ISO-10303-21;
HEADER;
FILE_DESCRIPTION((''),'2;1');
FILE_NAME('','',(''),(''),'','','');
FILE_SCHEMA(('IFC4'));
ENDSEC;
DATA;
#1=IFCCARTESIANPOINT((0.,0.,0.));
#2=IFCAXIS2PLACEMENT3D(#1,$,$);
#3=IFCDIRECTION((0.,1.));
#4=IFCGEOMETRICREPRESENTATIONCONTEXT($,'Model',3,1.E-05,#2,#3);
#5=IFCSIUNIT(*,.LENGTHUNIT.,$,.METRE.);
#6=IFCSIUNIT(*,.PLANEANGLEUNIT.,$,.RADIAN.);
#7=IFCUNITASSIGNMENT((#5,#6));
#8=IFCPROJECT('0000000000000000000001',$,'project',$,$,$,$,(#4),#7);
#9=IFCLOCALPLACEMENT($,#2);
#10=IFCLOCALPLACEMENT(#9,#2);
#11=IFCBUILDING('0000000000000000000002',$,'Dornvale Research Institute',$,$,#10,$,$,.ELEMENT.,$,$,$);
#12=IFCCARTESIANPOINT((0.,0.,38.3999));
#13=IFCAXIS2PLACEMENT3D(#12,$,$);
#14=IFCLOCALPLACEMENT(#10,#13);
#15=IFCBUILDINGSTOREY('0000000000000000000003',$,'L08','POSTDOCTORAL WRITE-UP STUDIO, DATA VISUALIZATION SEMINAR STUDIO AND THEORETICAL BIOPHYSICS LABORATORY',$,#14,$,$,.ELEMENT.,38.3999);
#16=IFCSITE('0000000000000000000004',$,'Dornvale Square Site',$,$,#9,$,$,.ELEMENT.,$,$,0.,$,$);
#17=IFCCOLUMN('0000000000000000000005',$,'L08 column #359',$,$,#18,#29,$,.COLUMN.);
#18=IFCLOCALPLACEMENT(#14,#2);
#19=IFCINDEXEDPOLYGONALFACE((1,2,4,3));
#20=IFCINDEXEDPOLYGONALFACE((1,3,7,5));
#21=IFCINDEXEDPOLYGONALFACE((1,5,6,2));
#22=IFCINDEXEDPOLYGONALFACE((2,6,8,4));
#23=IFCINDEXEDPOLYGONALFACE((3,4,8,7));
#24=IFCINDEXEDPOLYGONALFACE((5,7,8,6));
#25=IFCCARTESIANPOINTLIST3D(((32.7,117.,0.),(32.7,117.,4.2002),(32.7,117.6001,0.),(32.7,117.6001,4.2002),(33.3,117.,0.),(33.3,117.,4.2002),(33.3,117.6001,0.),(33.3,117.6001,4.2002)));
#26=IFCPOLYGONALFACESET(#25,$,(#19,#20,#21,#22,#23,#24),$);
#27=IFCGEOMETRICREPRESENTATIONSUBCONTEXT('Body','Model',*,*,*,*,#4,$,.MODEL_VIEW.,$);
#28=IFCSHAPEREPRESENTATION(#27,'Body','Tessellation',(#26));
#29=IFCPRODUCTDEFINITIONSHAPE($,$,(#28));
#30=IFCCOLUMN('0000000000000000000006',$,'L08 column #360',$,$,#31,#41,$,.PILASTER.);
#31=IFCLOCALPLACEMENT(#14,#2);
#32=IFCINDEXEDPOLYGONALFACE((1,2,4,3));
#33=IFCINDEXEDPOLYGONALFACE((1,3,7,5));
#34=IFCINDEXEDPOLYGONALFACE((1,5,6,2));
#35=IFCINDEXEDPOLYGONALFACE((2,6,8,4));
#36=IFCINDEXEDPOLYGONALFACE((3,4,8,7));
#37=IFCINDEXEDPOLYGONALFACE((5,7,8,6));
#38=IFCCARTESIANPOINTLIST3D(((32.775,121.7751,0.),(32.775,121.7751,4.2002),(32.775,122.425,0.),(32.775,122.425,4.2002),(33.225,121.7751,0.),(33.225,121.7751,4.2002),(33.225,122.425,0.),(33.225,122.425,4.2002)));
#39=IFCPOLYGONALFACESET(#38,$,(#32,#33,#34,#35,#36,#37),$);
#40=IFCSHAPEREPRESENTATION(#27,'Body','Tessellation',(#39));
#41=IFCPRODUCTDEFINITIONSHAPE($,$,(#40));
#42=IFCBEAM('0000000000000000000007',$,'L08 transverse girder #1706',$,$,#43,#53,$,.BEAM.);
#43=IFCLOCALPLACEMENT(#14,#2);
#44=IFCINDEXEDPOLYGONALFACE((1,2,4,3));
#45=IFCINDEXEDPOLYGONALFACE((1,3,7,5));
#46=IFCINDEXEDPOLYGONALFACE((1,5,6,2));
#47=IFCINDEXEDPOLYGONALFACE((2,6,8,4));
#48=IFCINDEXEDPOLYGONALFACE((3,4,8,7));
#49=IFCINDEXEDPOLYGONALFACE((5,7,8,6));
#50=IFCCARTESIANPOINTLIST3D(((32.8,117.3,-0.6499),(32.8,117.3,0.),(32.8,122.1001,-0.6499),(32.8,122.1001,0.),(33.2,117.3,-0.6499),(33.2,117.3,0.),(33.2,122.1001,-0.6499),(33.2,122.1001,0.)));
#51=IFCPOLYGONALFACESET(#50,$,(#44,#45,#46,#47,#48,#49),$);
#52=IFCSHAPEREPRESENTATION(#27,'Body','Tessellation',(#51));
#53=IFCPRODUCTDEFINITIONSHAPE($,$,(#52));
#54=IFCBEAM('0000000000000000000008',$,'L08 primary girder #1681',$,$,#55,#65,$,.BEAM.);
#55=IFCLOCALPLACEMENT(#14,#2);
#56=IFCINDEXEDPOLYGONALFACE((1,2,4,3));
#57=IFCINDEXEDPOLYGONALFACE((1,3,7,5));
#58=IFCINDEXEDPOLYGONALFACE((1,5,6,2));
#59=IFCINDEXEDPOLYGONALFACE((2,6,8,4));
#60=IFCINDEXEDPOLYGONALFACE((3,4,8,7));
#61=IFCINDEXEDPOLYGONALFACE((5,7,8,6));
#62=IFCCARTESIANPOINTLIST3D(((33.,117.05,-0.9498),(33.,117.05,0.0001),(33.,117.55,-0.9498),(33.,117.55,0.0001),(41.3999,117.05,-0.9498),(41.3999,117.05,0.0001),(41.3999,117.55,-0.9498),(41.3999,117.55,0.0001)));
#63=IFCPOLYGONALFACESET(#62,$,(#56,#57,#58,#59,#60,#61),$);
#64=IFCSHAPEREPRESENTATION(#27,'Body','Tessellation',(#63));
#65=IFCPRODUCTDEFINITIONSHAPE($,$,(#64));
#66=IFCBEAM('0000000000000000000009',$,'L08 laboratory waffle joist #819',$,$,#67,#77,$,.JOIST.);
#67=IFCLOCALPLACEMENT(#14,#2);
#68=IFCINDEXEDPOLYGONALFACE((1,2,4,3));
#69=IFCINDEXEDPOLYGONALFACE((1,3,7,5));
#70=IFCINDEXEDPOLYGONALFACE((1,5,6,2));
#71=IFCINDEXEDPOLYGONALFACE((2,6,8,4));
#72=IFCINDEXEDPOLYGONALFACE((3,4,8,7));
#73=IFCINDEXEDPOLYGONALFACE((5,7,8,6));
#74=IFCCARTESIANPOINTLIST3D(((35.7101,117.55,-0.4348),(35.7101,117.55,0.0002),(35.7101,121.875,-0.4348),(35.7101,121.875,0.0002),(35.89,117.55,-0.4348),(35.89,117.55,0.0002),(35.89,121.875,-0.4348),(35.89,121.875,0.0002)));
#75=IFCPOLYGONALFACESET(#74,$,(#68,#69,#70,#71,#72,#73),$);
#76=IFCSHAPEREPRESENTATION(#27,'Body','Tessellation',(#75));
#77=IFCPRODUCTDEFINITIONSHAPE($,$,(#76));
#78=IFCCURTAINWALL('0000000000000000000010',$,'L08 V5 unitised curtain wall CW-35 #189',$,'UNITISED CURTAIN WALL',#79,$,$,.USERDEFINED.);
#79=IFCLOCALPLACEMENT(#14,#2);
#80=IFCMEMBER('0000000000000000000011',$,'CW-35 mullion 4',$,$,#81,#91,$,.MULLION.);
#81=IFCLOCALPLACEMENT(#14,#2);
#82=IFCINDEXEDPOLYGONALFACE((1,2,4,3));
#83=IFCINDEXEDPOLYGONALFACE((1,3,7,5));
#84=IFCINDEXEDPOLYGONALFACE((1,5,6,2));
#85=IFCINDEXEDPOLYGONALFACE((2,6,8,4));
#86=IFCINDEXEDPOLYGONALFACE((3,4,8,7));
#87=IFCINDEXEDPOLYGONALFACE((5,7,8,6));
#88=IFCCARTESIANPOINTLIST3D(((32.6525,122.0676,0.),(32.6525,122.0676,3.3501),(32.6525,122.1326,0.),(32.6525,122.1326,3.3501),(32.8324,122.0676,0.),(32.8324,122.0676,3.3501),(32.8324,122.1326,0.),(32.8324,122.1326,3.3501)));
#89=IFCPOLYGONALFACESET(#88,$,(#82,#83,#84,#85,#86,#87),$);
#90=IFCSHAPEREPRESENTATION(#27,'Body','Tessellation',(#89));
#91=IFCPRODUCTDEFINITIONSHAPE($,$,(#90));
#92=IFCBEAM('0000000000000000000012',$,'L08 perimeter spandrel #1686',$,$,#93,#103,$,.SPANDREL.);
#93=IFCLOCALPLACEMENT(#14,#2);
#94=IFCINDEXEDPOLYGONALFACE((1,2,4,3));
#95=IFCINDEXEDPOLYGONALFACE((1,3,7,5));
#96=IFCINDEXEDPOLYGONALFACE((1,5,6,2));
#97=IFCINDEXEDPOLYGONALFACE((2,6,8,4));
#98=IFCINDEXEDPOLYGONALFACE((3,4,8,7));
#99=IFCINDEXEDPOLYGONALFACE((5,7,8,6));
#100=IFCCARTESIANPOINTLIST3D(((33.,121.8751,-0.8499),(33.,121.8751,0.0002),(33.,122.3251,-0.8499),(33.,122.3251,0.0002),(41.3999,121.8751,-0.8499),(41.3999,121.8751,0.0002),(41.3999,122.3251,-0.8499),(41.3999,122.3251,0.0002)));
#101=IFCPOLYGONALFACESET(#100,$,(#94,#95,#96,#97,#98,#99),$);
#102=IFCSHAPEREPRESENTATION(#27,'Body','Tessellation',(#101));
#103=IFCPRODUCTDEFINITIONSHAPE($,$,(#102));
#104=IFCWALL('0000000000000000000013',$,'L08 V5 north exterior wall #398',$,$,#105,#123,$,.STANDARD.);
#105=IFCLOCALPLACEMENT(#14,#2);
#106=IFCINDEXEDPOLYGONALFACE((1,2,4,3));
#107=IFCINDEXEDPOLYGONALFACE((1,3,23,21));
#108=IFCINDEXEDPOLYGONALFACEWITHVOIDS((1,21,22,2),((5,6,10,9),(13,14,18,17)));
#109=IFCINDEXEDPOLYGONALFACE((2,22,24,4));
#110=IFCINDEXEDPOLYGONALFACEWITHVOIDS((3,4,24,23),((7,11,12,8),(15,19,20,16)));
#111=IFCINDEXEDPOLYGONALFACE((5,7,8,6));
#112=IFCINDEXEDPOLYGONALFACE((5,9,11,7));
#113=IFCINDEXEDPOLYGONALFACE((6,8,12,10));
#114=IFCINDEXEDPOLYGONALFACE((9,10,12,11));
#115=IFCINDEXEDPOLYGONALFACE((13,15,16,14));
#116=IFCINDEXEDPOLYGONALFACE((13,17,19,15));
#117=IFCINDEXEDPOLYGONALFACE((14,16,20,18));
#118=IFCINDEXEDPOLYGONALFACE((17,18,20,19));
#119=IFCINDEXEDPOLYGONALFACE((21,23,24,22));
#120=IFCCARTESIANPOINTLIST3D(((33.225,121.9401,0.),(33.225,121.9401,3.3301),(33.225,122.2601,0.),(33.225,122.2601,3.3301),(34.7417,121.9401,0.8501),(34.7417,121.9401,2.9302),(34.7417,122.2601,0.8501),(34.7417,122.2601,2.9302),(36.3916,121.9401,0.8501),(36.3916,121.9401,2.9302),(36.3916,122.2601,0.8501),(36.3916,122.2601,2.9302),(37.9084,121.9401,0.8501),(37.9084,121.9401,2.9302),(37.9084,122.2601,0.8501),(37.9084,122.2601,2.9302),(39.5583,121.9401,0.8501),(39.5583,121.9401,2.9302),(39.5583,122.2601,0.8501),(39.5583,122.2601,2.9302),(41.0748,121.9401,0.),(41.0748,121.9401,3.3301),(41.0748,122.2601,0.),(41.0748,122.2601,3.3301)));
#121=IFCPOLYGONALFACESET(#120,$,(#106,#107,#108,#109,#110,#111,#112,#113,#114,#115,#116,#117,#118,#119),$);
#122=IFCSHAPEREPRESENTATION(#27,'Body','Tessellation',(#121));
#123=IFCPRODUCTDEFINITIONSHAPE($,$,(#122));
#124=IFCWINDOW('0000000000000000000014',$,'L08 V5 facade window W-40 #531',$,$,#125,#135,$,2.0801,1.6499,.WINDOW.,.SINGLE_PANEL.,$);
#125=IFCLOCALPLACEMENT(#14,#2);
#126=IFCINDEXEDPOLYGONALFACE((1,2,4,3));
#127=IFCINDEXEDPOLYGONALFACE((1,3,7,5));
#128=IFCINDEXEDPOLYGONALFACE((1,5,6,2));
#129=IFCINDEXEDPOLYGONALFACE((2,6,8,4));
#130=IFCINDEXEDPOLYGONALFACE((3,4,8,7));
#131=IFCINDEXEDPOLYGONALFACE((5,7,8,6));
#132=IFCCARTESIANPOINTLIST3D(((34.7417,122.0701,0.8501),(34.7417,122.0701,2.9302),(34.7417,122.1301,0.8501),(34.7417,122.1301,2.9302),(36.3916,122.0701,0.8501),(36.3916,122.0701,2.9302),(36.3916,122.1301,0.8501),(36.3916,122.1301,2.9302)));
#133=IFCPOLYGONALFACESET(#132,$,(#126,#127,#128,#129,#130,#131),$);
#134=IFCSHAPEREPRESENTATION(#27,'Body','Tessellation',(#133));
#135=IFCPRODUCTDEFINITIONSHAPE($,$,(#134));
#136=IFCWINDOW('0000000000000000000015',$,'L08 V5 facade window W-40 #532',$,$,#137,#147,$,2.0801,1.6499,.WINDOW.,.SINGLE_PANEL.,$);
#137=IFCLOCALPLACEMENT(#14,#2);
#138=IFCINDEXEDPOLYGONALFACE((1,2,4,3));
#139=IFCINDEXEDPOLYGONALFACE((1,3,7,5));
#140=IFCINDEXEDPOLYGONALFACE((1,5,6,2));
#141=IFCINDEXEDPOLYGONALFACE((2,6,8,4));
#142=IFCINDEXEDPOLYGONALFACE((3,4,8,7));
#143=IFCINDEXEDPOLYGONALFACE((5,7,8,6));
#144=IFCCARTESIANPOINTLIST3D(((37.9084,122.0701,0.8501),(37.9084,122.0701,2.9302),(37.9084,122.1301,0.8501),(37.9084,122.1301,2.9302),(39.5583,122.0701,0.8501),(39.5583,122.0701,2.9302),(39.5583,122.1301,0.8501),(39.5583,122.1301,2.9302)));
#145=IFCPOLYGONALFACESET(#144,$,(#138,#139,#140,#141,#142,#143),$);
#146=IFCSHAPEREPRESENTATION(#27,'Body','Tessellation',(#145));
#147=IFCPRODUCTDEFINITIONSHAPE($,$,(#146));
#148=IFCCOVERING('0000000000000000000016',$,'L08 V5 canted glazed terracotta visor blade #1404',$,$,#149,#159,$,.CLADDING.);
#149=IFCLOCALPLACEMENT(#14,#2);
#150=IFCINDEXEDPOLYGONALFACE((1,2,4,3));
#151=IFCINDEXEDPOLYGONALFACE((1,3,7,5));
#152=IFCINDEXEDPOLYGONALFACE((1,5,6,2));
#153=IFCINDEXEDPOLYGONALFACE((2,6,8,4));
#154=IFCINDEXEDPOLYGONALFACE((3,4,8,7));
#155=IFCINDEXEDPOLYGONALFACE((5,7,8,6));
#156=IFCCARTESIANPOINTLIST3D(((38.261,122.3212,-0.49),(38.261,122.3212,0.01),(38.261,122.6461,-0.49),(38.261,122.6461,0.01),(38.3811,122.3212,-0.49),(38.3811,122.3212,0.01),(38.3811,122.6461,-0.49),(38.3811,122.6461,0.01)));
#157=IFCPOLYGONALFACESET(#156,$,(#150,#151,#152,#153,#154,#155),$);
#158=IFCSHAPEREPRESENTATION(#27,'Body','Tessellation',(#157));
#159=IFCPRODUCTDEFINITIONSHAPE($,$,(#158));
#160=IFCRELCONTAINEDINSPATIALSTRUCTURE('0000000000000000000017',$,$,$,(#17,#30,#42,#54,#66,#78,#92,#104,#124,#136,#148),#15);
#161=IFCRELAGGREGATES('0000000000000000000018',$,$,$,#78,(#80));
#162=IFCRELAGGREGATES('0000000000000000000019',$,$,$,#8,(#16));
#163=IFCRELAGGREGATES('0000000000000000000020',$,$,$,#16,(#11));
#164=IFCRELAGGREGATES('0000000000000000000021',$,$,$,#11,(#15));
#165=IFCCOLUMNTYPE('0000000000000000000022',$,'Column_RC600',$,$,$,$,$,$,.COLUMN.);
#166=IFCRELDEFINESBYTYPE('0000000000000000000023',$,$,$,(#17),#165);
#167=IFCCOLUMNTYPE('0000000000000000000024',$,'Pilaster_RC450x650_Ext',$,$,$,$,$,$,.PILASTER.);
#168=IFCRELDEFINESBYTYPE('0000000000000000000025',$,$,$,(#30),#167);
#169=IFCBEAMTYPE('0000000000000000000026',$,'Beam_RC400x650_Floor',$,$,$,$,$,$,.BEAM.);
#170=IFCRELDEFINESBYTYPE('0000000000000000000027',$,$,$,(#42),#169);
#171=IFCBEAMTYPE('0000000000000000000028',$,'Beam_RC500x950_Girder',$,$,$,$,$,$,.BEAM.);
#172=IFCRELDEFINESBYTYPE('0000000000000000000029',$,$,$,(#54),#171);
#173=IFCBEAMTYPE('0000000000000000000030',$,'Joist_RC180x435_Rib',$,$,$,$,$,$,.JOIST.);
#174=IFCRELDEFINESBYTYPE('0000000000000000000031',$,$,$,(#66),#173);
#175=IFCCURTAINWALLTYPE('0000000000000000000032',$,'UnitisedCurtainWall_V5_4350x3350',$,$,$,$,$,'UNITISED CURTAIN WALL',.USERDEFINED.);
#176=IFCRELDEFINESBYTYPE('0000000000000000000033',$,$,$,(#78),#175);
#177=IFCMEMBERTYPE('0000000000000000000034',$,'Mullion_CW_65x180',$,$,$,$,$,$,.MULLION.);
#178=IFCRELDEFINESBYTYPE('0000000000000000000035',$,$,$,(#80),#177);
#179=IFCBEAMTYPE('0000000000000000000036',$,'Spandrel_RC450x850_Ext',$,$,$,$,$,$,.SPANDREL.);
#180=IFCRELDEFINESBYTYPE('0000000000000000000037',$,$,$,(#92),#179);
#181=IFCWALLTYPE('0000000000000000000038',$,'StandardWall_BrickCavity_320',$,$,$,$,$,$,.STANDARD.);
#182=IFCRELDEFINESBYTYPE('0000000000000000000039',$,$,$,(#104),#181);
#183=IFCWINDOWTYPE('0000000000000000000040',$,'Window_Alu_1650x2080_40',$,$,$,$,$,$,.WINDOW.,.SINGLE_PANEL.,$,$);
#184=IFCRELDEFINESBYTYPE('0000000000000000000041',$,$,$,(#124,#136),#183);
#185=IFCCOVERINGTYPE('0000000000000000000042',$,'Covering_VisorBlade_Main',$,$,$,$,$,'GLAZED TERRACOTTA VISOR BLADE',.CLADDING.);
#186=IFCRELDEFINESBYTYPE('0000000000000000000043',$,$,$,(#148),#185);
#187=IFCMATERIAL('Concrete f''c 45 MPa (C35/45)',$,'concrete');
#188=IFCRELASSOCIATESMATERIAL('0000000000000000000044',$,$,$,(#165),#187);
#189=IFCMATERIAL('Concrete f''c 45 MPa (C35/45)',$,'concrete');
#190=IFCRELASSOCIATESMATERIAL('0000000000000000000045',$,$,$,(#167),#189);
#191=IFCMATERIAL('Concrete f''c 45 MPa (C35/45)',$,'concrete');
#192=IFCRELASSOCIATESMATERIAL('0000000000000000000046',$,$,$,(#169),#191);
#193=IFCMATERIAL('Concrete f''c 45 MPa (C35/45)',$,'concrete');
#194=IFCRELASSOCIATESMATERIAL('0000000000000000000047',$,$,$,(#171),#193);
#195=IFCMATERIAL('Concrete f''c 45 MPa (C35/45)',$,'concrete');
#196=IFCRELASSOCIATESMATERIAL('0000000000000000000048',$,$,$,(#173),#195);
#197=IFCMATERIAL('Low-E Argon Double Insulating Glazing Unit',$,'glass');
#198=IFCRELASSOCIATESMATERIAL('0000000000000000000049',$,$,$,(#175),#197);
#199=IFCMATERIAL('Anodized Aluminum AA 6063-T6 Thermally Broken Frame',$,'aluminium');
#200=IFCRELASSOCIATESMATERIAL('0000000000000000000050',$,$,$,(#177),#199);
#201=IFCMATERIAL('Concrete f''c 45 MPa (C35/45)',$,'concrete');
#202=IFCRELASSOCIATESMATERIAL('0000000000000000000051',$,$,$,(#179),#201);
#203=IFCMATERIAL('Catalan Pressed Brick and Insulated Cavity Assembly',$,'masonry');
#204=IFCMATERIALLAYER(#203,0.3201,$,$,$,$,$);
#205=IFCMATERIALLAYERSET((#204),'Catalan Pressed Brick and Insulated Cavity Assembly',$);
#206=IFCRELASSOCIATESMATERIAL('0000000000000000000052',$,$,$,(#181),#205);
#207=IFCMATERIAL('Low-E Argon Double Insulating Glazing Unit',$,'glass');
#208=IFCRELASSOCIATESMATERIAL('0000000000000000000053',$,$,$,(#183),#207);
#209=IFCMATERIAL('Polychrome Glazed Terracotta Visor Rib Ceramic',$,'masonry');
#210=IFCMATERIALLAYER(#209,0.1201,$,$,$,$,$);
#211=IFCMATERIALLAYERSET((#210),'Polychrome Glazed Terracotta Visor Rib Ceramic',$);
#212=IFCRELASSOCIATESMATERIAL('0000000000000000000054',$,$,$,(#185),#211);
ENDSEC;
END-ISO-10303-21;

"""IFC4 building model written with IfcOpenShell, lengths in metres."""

from ifc_helpers import new_model, si_unit, direction, frame, frame_2d, origin, origin_2d, place, context, subcontext, project, spatial, rectangle, extrude, material, layer, layer_set, material_profile, profile_set, type_object, element, fill, aggregate, save


model = new_model("IFC4")

# Units and contexts
model_context = context("Model", 3, precision=1e-05, world=origin(), true_north=direction((0.0, 1.0)))
body_context = subcontext(model_context, "Body", "Model", "MODEL_VIEW")
ifc_project = project(units=[si_unit("LENGTHUNIT", "METRE"), si_unit("PLANEANGLEUNIT", "RADIAN")], contexts=[model_context])

# Site, building, storey
site_placement = place(None, origin())
site = spatial("IfcSite", under=ifc_project, at=site_placement, Name="Dornvale Square Site", CompositionType="ELEMENT", RefElevation=0.0)
building_placement = place(site_placement, origin())
building = spatial("IfcBuilding", under=site, at=building_placement, Name="Dornvale Research Institute", CompositionType="ELEMENT")
storey_placement = place(building_placement, frame((0.0, 0.0, 38.3999)))
storey = spatial("IfcBuildingStorey", under=building, at=storey_placement, Name="L08", Description="POSTDOCTORAL WRITE-UP STUDIO, DATA VISUALIZATION SEMINAR STUDIO AND THEORETICAL BIOPHYSICS LABORATORY", CompositionType="ELEMENT", Elevation=38.3999)

# Columns
ifc_material_1 = material(Name="Concrete f'c 45 MPa (C35/45)", Category="concrete")
ifc_material_profile_1 = material_profile(ifc_material_1, rectangle(XDim=0.6001, YDim=0.6001, at=origin_2d()), Name="RC 600x600")
ifc_profile_set_1 = profile_set([ifc_material_profile_1], Name="Concrete f'c 45 MPa (C35/45)")
column_type_1 = type_object("IfcColumnType", Name="Column_RC600", PredefinedType="COLUMN", material=ifc_profile_set_1)
column_1_placement = place(storey_placement, frame((33.0, 117.3, 0.0), z_axis=(0.0, 0.0, 1.0), x_axis=(1.0, 0.0, 0.0)))
element("IfcColumn", 1, at=column_1_placement, inside=storey, type_object=column_type_1, Name="L08 column #359", PredefinedType="COLUMN", context=body_context, shape_type="SweptSolid", body=[
    extrude(rectangle(XDim=0.6001, YDim=0.6001, at=origin_2d()), origin(), (0.0, 0.0, 1.0), 4.2002),
])
ifc_material_2 = material(Name="Concrete f'c 45 MPa (C35/45)", Category="concrete")
ifc_material_profile_2 = material_profile(ifc_material_2, rectangle(XDim=0.45, YDim=0.6499, at=origin_2d()), Name="RC 450x650")
ifc_profile_set_2 = profile_set([ifc_material_profile_2], Name="Concrete f'c 45 MPa (C35/45)")
column_type_2 = type_object("IfcColumnType", Name="Pilaster_RC450x650_Ext", PredefinedType="PILASTER", material=ifc_profile_set_2)
column_2_placement = place(storey_placement, frame((33.0, 122.1001, 0.0), z_axis=(0.0, 0.0, 1.0), x_axis=(1.0, 0.0, 0.0)))
element("IfcColumn", 2, at=column_2_placement, inside=storey, type_object=column_type_2, Name="L08 column #360", PredefinedType="PILASTER", context=body_context, shape_type="SweptSolid", body=[
    extrude(rectangle(XDim=0.45, YDim=0.6499, at=origin_2d()), origin(), (0.0, 0.0, 1.0), 4.2002),
])

# Beams
ifc_material_3 = material(Name="Concrete f'c 45 MPa (C35/45)", Category="concrete")
ifc_material_profile_3 = material_profile(ifc_material_3, rectangle(XDim=0.3999, YDim=0.6499, at=origin_2d()), Name="RC 400x650")
ifc_profile_set_3 = profile_set([ifc_material_profile_3], Name="Concrete f'c 45 MPa (C35/45)")
beam_type_1 = type_object("IfcBeamType", Name="Beam_RC400x650_Floor", PredefinedType="BEAM", material=ifc_profile_set_3)
beam_1_placement = place(storey_placement, frame((33.0, 117.3, -0.325), z_axis=(0.0, 1.0, 0.0), x_axis=(-1.0, 0.0, 0.0)))
element("IfcBeam", 3, at=beam_1_placement, inside=storey, type_object=beam_type_1, Name="L08 transverse girder #1706", PredefinedType="BEAM", context=body_context, shape_type="SweptSolid", body=[
    extrude(rectangle(XDim=0.3999, YDim=0.6499, at=origin_2d()), origin(), (0.0, 0.0, 1.0), 4.8),
])
ifc_material_4 = material(Name="Concrete f'c 45 MPa (C35/45)", Category="concrete")
ifc_material_profile_4 = material_profile(ifc_material_4, rectangle(XDim=0.5, YDim=0.95, at=origin_2d()), Name="RC 500x950")
ifc_profile_set_4 = profile_set([ifc_material_profile_4], Name="Concrete f'c 45 MPa (C35/45)")
beam_type_2 = type_object("IfcBeamType", Name="Beam_RC500x950_Girder", PredefinedType="BEAM", material=ifc_profile_set_4)
beam_2_placement = place(storey_placement, frame((33.0, 117.3, -0.4749), z_axis=(1.0, 0.0, 0.0), x_axis=(0.0, 1.0, 0.0)))
element("IfcBeam", 4, at=beam_2_placement, inside=storey, type_object=beam_type_2, Name="L08 primary girder #1681", PredefinedType="BEAM", context=body_context, shape_type="SweptSolid", body=[
    extrude(rectangle(XDim=0.5, YDim=0.95, at=origin_2d()), origin(), (0.0, 0.0, 1.0), 8.3999),
])
ifc_material_5 = material(Name="Concrete f'c 45 MPa (C35/45)", Category="concrete")
ifc_material_profile_5 = material_profile(ifc_material_5, rectangle(XDim=0.1799, YDim=0.4351, at=origin_2d()), Name="RC 180x435")
ifc_profile_set_5 = profile_set([ifc_material_profile_5], Name="Concrete f'c 45 MPa (C35/45)")
beam_type_3 = type_object("IfcBeamType", Name="Joist_RC180x435_Rib", PredefinedType="JOIST", material=ifc_profile_set_5)
beam_3_placement = place(storey_placement, frame((35.8, 117.55, -0.2173), z_axis=(0.0, 1.0, 0.0), x_axis=(-1.0, 0.0, 0.0)))
element("IfcBeam", 5, at=beam_3_placement, inside=storey, type_object=beam_type_3, Name="L08 laboratory waffle joist #819", PredefinedType="JOIST", context=body_context, shape_type="SweptSolid", body=[
    extrude(rectangle(XDim=0.1799, YDim=0.4351, at=origin_2d()), origin(), (0.0, 0.0, 1.0), 4.325),
])

# Curtain wall, member
ifc_material_6 = material(Name="Low-E Argon Double Insulating Glazing Unit", Category="glass")
curtain_wall_type = type_object("IfcCurtainWallType", Name="UnitisedCurtainWall_V5_4350x3350", ElementType="UNITISED CURTAIN WALL", PredefinedType="USERDEFINED", material=ifc_material_6)
curtain_wall_placement = place(storey_placement, origin())
curtain_wall = element("IfcCurtainWall", 6, at=curtain_wall_placement, inside=storey, type_object=curtain_wall_type, Name="L08 V5 unitised curtain wall CW-35 #189", ObjectType="UNITISED CURTAIN WALL", PredefinedType="USERDEFINED")
ifc_material_7 = material(Name="Anodized Aluminum AA 6063-T6 Thermally Broken Frame", Category="aluminium")
ifc_material_profile_6 = material_profile(ifc_material_7, rectangle(XDim=0.0649, YDim=0.1799, at=origin_2d()), Name="ALU MULLION 65x180")
ifc_profile_set_6 = profile_set([ifc_material_profile_6], Name="Anodized Aluminum AA 6063-T6 Thermally Broken Frame")
member_type = type_object("IfcMemberType", Name="Mullion_CW_65x180", PredefinedType="MULLION", material=ifc_profile_set_6)
member_placement = place(storey_placement, frame((32.7424, 122.1001, 0.0), z_axis=(0.0, 0.0, 1.0), x_axis=(0.0, 1.0, 0.0)))
member = element("IfcMember", 7, at=member_placement, type_object=member_type, Name="CW-35 mullion 4", PredefinedType="MULLION", context=body_context, shape_type="SweptSolid", body=[
    extrude(rectangle(XDim=0.0649, YDim=0.1799, at=origin_2d()), origin(), (0.0, 0.0, 1.0), 3.3501),
])
aggregate(curtain_wall, [member])

# Beam
ifc_material_8 = material(Name="Concrete f'c 45 MPa (C35/45)", Category="concrete")
ifc_material_profile_7 = material_profile(ifc_material_8, rectangle(XDim=0.45, YDim=0.8501, at=origin_2d()), Name="RC 450x850")
ifc_profile_set_7 = profile_set([ifc_material_profile_7], Name="Concrete f'c 45 MPa (C35/45)")
beam_type_4 = type_object("IfcBeamType", Name="Spandrel_RC450x850_Ext", PredefinedType="SPANDREL", material=ifc_profile_set_7)
beam_4_placement = place(storey_placement, frame((33.0, 122.1001, -0.4248), z_axis=(1.0, 0.0, 0.0), x_axis=(0.0, 1.0, 0.0)))
element("IfcBeam", 8, at=beam_4_placement, inside=storey, type_object=beam_type_4, Name="L08 perimeter spandrel #1686", PredefinedType="SPANDREL", context=body_context, shape_type="SweptSolid", body=[
    extrude(rectangle(XDim=0.45, YDim=0.8501, at=origin_2d()), origin(), (0.0, 0.0, 1.0), 8.3999),
])

# Wall, openings, windows
ifc_material_9 = material(Name="Catalan Pressed Brick and Insulated Cavity Assembly", Category="masonry")
ifc_layer_1 = layer(ifc_material_9, 0.3201)
ifc_layer_set_1 = layer_set([ifc_layer_1], Name="Catalan Pressed Brick and Insulated Cavity Assembly")
wall_type = type_object("IfcWallType", Name="StandardWall_BrickCavity_320", PredefinedType="STANDARD", material=ifc_layer_set_1)
wall_placement = place(storey_placement, frame((33.2251, 122.1001, 0.0), z_axis=(0.0, 0.0, 1.0), x_axis=(1.0, 0.0, 0.0)))
wall = element("IfcWall", 9, at=wall_placement, inside=storey, type_object=wall_type, Name="L08 V5 north exterior wall #398", PredefinedType="STANDARD", context=body_context, shape_type="SweptSolid", body=[
    extrude(rectangle(XDim=7.8499, YDim=0.3201, at=frame_2d((3.9248, 0.0))), origin(), (0.0, 0.0, 1.0), 3.3301),
])
opening_1_placement = place(wall_placement, frame((1.5166, 0.0, 0.8501)))
opening_1 = element("IfcOpeningElement", 10, at=opening_1_placement, cuts=wall, PredefinedType="OPENING", context=body_context, shape_type="SweptSolid", body=[
    extrude(rectangle(XDim=1.6499, YDim=2.0801, at=frame_2d((0.825, 1.04))), frame((0.0, 0.175, 0.0), z_axis=(0.0, -1.0, 0.0), x_axis=(1.0, 0.0, 0.0)), (0.0, 0.0, 1.0), 0.3501),
])
opening_2_placement = place(wall_placement, frame((4.6833, 0.0, 0.8501)))
opening_2 = element("IfcOpeningElement", 11, at=opening_2_placement, cuts=wall, PredefinedType="OPENING", context=body_context, shape_type="SweptSolid", body=[
    extrude(rectangle(XDim=1.6499, YDim=2.0801, at=frame_2d((0.825, 1.04))), frame((0.0, 0.175, 0.0), z_axis=(0.0, -1.0, 0.0), x_axis=(1.0, 0.0, 0.0)), (0.0, 0.0, 1.0), 0.3501),
])
ifc_material_10 = material(Name="Low-E Argon Double Insulating Glazing Unit", Category="glass")
window_type = type_object("IfcWindowType", Name="Window_Alu_1650x2080_40", PartitioningType="SINGLE_PANEL", PredefinedType="WINDOW", material=ifc_material_10)
window_1_placement = place(opening_1_placement, origin())
window_1 = element("IfcWindow", 12, at=window_1_placement, inside=storey, type_object=window_type, Name="L08 V5 facade window W-40 #531", OverallHeight=2.0801, OverallWidth=1.6499, PartitioningType="SINGLE_PANEL", PredefinedType="WINDOW", context=body_context, shape_type="SweptSolid", body=[
    extrude(rectangle(XDim=1.6499, YDim=2.0801, at=frame_2d((0.825, 1.04))), frame((0.0, 0.03, 0.0), z_axis=(0.0, -1.0, 0.0), x_axis=(1.0, 0.0, 0.0)), (0.0, 0.0, 1.0), 0.0601),
])
fill(opening_1, window_1)
window_2_placement = place(opening_2_placement, origin())
window_2 = element("IfcWindow", 13, at=window_2_placement, inside=storey, type_object=window_type, Name="L08 V5 facade window W-40 #532", OverallHeight=2.0801, OverallWidth=1.6499, PartitioningType="SINGLE_PANEL", PredefinedType="WINDOW", context=body_context, shape_type="SweptSolid", body=[
    extrude(rectangle(XDim=1.6499, YDim=2.0801, at=frame_2d((0.825, 1.04))), frame((0.0, 0.03, 0.0), z_axis=(0.0, -1.0, 0.0), x_axis=(1.0, 0.0, 0.0)), (0.0, 0.0, 1.0), 0.0601),
])
fill(opening_2, window_2)

# Covering
ifc_material_11 = material(Name="Polychrome Glazed Terracotta Visor Rib Ceramic", Category="masonry")
ifc_layer_2 = layer(ifc_material_11, 0.1201)
ifc_layer_set_2 = layer_set([ifc_layer_2], Name="Polychrome Glazed Terracotta Visor Rib Ceramic")
covering_type = type_object("IfcCoveringType", Name="Covering_VisorBlade_Main", ElementType="GLAZED TERRACOTTA VISOR BLADE", PredefinedType="CLADDING", material=ifc_layer_set_2)
covering_1_placement = place(storey_placement, frame((38.321, 122.4836, -0.49), z_axis=(0.0, 0.0, 1.0), x_axis=(0.0, 1.0, 0.0)))
element("IfcCovering", 14, at=covering_1_placement, inside=storey, type_object=covering_type, Name="L08 V5 canted glazed terracotta visor blade #1404", PredefinedType="CLADDING", context=body_context, shape_type="SweptSolid", body=[
    extrude(rectangle(XDim=0.325, YDim=0.1201, at=origin_2d()), origin(), (0.0, 0.0, 1.0), 0.5),
])

save(model, "model.ifc")
